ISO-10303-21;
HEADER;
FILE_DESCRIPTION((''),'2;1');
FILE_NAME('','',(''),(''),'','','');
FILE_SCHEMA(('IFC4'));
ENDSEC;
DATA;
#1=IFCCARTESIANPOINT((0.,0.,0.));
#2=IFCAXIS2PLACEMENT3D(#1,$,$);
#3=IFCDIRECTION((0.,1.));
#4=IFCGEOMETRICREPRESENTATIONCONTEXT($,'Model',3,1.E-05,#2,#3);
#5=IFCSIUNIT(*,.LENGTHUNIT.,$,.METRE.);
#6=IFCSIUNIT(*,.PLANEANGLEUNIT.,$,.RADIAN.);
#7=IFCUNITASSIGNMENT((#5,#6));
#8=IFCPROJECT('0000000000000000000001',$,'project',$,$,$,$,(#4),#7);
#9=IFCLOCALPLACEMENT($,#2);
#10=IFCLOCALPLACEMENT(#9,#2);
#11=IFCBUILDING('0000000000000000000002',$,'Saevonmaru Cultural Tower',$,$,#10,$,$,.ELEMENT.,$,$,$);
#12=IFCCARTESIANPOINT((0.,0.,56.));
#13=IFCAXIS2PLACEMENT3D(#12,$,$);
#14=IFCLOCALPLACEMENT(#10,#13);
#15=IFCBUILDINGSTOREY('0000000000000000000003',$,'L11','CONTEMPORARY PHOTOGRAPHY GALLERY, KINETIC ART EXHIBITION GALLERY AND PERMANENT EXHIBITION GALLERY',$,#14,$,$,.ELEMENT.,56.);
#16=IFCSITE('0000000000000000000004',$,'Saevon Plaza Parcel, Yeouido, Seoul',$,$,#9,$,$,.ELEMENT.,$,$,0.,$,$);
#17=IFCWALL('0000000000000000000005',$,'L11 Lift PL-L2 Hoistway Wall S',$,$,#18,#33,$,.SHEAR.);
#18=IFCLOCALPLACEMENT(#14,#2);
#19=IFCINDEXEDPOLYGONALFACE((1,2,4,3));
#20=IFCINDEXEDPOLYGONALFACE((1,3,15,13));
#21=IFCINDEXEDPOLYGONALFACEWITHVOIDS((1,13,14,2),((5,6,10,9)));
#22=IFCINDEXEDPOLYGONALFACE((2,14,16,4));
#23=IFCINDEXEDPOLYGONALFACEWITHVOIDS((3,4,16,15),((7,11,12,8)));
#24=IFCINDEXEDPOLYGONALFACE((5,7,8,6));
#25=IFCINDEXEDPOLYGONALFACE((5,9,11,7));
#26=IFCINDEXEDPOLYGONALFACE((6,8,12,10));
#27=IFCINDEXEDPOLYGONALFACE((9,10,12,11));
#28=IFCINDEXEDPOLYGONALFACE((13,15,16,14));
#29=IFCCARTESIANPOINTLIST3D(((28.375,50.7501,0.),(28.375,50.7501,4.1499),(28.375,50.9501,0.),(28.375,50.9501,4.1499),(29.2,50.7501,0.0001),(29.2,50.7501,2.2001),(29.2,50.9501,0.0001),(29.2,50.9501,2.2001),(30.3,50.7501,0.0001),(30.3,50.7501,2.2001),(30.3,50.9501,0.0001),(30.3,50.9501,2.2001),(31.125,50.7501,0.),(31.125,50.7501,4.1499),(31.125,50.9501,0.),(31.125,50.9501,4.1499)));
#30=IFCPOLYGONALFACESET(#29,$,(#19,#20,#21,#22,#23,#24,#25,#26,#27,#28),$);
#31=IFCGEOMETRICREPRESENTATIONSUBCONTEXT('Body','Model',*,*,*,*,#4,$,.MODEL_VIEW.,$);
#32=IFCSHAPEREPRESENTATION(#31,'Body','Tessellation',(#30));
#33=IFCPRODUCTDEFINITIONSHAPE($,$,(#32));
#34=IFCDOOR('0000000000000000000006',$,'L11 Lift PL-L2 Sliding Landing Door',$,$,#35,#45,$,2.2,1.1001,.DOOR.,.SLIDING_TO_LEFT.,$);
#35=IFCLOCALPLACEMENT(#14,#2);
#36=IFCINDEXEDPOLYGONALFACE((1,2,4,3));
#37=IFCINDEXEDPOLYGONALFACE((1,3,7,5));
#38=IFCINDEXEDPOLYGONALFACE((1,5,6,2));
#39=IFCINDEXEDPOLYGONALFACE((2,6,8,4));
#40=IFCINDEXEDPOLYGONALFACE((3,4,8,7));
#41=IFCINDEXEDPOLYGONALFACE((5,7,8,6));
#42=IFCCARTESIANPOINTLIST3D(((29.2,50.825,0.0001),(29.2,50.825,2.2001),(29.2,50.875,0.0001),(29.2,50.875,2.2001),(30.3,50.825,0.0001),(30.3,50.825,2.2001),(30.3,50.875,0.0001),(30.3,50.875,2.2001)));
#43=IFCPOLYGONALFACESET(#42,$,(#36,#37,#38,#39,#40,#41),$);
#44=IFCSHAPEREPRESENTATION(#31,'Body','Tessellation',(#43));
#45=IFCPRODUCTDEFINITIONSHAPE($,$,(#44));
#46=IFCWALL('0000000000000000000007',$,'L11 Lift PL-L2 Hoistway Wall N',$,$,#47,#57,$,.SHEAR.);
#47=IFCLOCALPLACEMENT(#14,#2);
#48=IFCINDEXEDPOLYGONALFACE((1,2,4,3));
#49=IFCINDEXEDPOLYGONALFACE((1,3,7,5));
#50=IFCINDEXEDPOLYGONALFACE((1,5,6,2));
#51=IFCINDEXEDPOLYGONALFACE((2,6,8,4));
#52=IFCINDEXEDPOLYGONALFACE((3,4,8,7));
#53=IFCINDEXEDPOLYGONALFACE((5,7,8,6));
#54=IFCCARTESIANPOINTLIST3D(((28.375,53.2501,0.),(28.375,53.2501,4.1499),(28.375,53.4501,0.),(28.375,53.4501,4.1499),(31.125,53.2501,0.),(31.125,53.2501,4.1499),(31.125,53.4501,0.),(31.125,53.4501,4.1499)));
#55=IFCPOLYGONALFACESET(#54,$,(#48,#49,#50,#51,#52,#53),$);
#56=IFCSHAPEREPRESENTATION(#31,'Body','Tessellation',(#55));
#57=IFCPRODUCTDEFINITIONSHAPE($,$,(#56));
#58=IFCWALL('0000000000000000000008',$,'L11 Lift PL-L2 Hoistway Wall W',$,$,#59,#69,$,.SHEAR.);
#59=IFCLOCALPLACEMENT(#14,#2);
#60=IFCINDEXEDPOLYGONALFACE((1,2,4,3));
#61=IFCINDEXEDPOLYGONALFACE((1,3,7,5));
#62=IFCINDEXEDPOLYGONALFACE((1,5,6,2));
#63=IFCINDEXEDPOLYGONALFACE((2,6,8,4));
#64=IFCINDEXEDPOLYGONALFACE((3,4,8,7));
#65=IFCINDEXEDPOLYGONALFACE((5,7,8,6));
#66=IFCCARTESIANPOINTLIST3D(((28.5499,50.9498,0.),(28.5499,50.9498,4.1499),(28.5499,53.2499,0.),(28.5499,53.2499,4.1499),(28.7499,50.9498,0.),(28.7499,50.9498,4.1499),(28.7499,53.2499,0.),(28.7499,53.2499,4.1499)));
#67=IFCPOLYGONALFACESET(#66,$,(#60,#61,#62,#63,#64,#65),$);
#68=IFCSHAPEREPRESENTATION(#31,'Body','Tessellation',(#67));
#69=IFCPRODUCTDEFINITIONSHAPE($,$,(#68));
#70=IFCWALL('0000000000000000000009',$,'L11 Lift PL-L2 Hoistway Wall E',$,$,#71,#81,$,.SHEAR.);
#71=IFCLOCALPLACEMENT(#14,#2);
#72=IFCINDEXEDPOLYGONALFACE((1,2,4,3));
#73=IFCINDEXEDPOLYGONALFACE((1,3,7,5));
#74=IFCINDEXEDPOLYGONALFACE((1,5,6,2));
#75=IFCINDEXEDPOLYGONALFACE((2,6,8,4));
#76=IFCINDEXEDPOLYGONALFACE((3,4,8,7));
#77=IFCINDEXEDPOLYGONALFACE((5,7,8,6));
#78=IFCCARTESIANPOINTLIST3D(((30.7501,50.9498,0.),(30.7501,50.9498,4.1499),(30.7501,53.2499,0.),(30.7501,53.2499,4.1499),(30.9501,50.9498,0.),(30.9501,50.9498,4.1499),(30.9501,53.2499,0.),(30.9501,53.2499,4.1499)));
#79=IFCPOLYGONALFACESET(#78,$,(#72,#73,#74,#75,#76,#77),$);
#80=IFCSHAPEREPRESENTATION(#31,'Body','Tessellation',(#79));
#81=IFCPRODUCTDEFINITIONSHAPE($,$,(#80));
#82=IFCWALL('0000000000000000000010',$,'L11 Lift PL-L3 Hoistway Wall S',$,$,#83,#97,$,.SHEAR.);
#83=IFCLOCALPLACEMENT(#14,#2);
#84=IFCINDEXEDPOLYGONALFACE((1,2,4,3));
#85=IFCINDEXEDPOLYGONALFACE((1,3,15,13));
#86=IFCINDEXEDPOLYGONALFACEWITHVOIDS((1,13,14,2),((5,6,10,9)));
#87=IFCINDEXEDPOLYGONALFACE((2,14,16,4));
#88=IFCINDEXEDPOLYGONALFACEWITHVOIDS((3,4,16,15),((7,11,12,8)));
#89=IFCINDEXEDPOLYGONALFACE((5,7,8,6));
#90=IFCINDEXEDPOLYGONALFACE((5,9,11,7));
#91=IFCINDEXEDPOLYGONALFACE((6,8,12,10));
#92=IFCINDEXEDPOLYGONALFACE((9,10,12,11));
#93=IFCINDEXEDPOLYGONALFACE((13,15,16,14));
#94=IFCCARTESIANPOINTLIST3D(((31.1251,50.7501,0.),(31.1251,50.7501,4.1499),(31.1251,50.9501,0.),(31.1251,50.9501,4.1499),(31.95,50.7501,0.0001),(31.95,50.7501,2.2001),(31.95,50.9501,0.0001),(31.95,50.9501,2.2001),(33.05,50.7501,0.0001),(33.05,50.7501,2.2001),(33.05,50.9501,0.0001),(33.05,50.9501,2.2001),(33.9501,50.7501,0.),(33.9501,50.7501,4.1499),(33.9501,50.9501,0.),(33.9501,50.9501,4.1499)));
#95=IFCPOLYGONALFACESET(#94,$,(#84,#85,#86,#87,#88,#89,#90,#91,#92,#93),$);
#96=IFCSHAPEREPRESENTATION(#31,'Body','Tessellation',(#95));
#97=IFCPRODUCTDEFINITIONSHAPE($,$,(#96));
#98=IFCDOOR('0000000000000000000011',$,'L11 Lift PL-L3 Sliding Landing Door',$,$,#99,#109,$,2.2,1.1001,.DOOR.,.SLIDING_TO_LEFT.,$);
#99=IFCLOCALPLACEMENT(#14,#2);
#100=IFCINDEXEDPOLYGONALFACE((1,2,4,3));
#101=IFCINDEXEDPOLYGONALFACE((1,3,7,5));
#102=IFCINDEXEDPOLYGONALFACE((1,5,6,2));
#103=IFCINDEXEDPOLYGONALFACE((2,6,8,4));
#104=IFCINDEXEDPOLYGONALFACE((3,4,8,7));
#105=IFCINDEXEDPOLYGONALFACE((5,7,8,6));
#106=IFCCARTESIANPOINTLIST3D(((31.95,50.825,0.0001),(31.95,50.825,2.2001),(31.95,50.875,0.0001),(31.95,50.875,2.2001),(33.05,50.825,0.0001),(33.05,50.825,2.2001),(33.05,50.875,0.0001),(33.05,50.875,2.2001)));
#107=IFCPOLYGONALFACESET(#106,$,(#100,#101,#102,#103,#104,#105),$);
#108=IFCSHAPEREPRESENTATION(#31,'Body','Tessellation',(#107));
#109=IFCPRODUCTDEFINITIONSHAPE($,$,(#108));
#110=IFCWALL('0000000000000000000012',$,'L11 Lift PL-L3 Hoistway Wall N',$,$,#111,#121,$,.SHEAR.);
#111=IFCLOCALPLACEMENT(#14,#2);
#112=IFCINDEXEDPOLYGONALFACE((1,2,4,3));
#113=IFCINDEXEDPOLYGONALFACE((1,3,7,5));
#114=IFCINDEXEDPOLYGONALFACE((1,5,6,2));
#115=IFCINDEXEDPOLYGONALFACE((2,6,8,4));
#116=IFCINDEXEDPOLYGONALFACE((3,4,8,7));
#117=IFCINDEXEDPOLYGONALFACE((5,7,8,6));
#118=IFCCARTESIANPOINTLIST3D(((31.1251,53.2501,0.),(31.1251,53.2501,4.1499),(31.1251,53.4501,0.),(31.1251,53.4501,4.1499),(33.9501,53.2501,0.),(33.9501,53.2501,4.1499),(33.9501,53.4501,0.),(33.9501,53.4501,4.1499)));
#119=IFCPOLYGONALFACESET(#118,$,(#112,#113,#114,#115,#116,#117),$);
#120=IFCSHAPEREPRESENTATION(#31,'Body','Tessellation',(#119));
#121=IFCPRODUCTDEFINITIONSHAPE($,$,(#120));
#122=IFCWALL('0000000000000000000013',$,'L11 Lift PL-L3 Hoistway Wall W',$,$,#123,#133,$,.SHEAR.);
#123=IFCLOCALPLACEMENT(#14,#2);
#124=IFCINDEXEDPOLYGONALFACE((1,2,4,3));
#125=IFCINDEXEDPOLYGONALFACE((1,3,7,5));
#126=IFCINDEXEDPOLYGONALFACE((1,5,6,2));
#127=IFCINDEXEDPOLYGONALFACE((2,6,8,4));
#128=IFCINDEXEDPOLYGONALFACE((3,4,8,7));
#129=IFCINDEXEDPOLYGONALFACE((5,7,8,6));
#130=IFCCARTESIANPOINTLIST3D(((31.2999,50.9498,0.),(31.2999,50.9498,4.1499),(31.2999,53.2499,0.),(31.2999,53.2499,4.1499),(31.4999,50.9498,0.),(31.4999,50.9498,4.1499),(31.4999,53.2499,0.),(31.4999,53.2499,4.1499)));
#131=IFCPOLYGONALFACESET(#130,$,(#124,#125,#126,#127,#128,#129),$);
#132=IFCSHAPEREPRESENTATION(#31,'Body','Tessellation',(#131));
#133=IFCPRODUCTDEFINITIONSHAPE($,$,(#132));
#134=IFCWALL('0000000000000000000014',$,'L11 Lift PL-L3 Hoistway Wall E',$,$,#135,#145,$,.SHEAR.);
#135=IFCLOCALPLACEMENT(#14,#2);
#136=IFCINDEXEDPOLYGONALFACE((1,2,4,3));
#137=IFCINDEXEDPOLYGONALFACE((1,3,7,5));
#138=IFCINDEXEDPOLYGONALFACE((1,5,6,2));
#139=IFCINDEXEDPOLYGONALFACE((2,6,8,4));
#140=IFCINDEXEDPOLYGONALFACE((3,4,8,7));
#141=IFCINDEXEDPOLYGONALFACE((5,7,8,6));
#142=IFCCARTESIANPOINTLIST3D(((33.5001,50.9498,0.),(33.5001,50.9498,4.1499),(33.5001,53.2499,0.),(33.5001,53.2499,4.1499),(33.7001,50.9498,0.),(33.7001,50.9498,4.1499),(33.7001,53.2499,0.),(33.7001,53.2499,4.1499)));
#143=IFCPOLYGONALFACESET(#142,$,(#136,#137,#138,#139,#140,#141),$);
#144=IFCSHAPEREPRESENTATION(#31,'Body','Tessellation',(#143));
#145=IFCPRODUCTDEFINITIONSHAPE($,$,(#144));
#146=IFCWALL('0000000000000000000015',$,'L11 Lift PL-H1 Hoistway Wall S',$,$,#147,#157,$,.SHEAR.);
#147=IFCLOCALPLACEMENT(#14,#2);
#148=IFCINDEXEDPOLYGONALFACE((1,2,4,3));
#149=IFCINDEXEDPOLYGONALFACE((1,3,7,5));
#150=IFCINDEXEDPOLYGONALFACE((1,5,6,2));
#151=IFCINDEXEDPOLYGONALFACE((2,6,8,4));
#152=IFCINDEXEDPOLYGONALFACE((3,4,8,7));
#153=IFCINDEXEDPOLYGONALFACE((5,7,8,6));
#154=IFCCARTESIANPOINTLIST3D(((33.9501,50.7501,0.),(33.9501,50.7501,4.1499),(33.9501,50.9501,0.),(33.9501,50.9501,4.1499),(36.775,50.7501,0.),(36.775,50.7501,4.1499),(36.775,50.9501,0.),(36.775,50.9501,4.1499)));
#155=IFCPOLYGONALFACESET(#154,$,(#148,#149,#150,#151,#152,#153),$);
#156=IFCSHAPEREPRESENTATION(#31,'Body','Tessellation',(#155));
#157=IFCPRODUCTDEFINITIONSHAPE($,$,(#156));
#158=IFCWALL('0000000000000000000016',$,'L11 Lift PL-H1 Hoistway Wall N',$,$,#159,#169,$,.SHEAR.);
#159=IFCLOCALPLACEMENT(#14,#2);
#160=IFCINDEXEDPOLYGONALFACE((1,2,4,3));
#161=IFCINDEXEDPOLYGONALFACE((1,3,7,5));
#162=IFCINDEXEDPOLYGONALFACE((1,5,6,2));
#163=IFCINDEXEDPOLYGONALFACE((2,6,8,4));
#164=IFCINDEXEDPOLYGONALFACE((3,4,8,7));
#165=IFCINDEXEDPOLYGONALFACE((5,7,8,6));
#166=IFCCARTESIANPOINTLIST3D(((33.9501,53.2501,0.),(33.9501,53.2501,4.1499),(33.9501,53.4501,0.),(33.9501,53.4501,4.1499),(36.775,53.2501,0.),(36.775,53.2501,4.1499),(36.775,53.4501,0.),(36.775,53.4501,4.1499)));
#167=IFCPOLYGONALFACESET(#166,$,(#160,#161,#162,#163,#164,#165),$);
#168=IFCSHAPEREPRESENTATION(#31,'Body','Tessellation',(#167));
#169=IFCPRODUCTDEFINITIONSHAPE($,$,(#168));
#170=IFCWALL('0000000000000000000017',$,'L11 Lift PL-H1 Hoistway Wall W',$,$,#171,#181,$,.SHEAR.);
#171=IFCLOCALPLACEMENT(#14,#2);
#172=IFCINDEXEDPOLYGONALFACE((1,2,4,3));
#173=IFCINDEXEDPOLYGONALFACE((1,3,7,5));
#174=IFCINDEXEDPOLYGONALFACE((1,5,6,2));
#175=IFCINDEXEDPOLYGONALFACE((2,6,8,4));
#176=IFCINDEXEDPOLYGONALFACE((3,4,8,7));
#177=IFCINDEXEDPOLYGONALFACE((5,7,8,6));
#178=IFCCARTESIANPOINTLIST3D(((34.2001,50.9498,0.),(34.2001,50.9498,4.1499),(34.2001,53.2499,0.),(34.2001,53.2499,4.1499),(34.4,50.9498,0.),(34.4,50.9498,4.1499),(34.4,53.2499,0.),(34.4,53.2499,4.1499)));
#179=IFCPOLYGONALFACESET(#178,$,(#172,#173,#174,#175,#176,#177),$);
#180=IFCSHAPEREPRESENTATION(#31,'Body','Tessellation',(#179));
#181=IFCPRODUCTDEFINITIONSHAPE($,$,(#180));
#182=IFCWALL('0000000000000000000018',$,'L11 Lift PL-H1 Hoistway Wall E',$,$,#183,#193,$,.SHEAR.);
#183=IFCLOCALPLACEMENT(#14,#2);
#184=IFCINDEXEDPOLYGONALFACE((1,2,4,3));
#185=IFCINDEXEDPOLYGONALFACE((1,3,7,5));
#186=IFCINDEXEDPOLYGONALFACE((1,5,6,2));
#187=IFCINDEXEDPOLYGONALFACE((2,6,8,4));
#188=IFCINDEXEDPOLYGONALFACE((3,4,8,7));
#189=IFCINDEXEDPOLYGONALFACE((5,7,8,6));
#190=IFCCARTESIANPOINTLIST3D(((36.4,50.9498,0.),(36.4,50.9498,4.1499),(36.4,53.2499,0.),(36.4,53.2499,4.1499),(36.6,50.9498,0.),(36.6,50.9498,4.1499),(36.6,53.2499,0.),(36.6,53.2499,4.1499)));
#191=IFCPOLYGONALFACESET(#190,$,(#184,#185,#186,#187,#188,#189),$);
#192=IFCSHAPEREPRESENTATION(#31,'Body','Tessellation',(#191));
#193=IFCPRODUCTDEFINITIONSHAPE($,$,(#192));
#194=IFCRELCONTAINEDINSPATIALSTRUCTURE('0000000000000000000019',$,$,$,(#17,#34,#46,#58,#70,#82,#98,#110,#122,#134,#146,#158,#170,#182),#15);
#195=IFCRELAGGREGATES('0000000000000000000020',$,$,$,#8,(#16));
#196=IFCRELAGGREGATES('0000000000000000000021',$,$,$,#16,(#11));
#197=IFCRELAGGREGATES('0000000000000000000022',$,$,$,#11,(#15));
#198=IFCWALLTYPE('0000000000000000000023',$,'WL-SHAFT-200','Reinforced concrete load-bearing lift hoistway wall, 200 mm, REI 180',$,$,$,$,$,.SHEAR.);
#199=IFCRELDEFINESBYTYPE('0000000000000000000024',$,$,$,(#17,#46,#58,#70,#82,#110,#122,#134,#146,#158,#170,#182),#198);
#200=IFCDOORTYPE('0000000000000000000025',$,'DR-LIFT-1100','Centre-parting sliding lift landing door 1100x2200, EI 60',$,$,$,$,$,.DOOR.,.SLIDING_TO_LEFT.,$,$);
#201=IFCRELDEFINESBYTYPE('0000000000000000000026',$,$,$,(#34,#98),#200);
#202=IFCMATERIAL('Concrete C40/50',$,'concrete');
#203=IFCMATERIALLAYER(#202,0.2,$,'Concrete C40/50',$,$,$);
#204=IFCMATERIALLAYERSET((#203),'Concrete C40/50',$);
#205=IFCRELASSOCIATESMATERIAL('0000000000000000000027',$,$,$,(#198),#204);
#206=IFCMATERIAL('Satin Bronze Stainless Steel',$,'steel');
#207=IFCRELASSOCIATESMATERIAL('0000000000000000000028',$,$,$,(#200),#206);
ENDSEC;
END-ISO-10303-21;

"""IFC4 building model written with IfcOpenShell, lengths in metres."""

from ifc_helpers import new_model, si_unit, direction, frame, frame_2d, origin, place, context, subcontext, project, spatial, rectangle, extrude, material, layer, layer_set, type_object, element, fill, save


model = new_model("IFC4")

# Units and contexts
model_context = context("Model", 3, precision=1e-05, world=origin(), true_north=direction((0.0, 1.0)))
body_context = subcontext(model_context, "Body", "Model", "MODEL_VIEW")
ifc_project = project(units=[si_unit("LENGTHUNIT", "METRE"), si_unit("PLANEANGLEUNIT", "RADIAN")], contexts=[model_context])

# Site, building, storey
site_placement = place(None, origin())
site = spatial("IfcSite", under=ifc_project, at=site_placement, Name="Saevon Plaza Parcel, Yeouido, Seoul", CompositionType="ELEMENT", RefElevation=0.0)
building_placement = place(site_placement, origin())
building = spatial("IfcBuilding", under=site, at=building_placement, Name="Saevonmaru Cultural Tower", CompositionType="ELEMENT")
storey_placement = place(building_placement, frame((0.0, 0.0, 56.0)))
storey = spatial("IfcBuildingStorey", under=building, at=storey_placement, Name="L11", Description="CONTEMPORARY PHOTOGRAPHY GALLERY, KINETIC ART EXHIBITION GALLERY AND PERMANENT EXHIBITION GALLERY", CompositionType="ELEMENT", Elevation=56.0)

# Shared definitions
ifc_material_1 = material(Name="Concrete C40/50", Category="concrete")
ifc_layer_1 = layer(ifc_material_1, 0.2, Name="Concrete C40/50")
ifc_layer_set_1 = layer_set([ifc_layer_1], Name="Concrete C40/50")
wall_type_1 = type_object("IfcWallType", Name="WL-SHAFT-200", Description="Reinforced concrete load-bearing lift hoistway wall, 200 mm, REI 180", PredefinedType="SHEAR", material=ifc_layer_set_1)

# Wall, opening, door
wall_1_placement = place(storey_placement, frame((28.375, 50.8501, 0.0), z_axis=(0.0, 0.0, 1.0), x_axis=(1.0, 0.0, 0.0)))
wall_1 = element("IfcWall", 1, at=wall_1_placement, inside=storey, type_object=wall_type_1, Name="L11 Lift PL-L2 Hoistway Wall S", PredefinedType="SHEAR", context=body_context, shape_type="SweptSolid", body=[
    extrude(rectangle(XDim=2.75, YDim=0.2, at=frame_2d((1.375, 0.0))), origin(), (0.0, 0.0, 1.0), 4.1499),
])
opening_1_placement = place(wall_1_placement, frame((0.825, 0.0, 0.0)))
opening_1 = element("IfcOpeningElement", 2, at=opening_1_placement, cuts=wall_1, PredefinedType="OPENING", context=body_context, shape_type="SweptSolid", body=[
    extrude(rectangle(XDim=1.1001, YDim=2.2, at=frame_2d((0.55, 1.1001))), frame((0.0, 0.1099, 0.0), z_axis=(0.0, -1.0, 0.0), x_axis=(1.0, 0.0, 0.0)), (0.0, 0.0, 1.0), 0.22),
])
ifc_material_2 = material(Name="Satin Bronze Stainless Steel", Category="steel")
door_type_1 = type_object("IfcDoorType", Name="DR-LIFT-1100", Description="Centre-parting sliding lift landing door 1100x2200, EI 60", OperationType="SLIDING_TO_LEFT", PredefinedType="DOOR", material=ifc_material_2)
door_1_placement = place(opening_1_placement, origin())
door_1 = element("IfcDoor", 3, at=door_1_placement, inside=storey, type_object=door_type_1, Name="L11 Lift PL-L2 Sliding Landing Door", OperationType="SLIDING_TO_LEFT", OverallHeight=2.2, OverallWidth=1.1001, PredefinedType="DOOR", context=body_context, shape_type="SweptSolid", body=[
    extrude(rectangle(XDim=1.1001, YDim=2.2, at=frame_2d((0.55, 1.1001))), frame((0.0, 0.0249, 0.0), z_axis=(0.0, -1.0, 0.0), x_axis=(1.0, 0.0, 0.0)), (0.0, 0.0, 1.0), 0.05),
])
fill(opening_1, door_1)

# Walls
wall_2_placement = place(storey_placement, frame((28.375, 53.3501, 0.0), z_axis=(0.0, 0.0, 1.0), x_axis=(1.0, 0.0, 0.0)))
element("IfcWall", 4, at=wall_2_placement, inside=storey, type_object=wall_type_1, Name="L11 Lift PL-L2 Hoistway Wall N", PredefinedType="SHEAR", context=body_context, shape_type="SweptSolid", body=[
    extrude(rectangle(XDim=2.75, YDim=0.2, at=frame_2d((1.375, 0.0))), origin(), (0.0, 0.0, 1.0), 4.1499),
])
for number, where, z_axis, x_axis, name in (
    (5, (28.6499, 50.95, 0.0), (0.0, 0.0, 1.0), (0.0, 1.0, 0.0), "L11 Lift PL-L2 Hoistway Wall W"),
    (6, (30.8501, 50.95, 0.0), (0.0, 0.0, 1.0), (0.0, 1.0, 0.0), "L11 Lift PL-L2 Hoistway Wall E"),
):
    element("IfcWall", number, at=place(storey_placement, frame(where, z_axis=z_axis, x_axis=x_axis)), inside=storey, type_object=wall_type_1, Name=name, PredefinedType="SHEAR", context=body_context, shape_type="SweptSolid", body=[
        extrude(rectangle(XDim=2.3, YDim=0.2, at=frame_2d((1.1499, 0.0))), origin(), (0.0, 0.0, 1.0), 4.1499),
    ])

# Wall, opening, door
wall_3_placement = place(storey_placement, frame((31.125, 50.8501, 0.0), z_axis=(0.0, 0.0, 1.0), x_axis=(1.0, 0.0, 0.0)))
wall_3 = element("IfcWall", 7, at=wall_3_placement, inside=storey, type_object=wall_type_1, Name="L11 Lift PL-L3 Hoistway Wall S", PredefinedType="SHEAR", context=body_context, shape_type="SweptSolid", body=[
    extrude(rectangle(XDim=2.825, YDim=0.2, at=frame_2d((1.4126, 0.0))), origin(), (0.0, 0.0, 1.0), 4.1499),
])
opening_2_placement = place(wall_3_placement, frame((0.825, 0.0, 0.0)))
opening_2 = element("IfcOpeningElement", 8, at=opening_2_placement, cuts=wall_3, PredefinedType="OPENING", context=body_context, shape_type="SweptSolid", body=[
    extrude(rectangle(XDim=1.1001, YDim=2.2, at=frame_2d((0.55, 1.1001))), frame((0.0, 0.1099, 0.0), z_axis=(0.0, -1.0, 0.0), x_axis=(1.0, 0.0, 0.0)), (0.0, 0.0, 1.0), 0.22),
])
door_2_placement = place(opening_2_placement, origin())
door_2 = element("IfcDoor", 9, at=door_2_placement, inside=storey, type_object=door_type_1, Name="L11 Lift PL-L3 Sliding Landing Door", OperationType="SLIDING_TO_LEFT", OverallHeight=2.2, OverallWidth=1.1001, PredefinedType="DOOR", context=body_context, shape_type="SweptSolid", body=[
    extrude(rectangle(XDim=1.1001, YDim=2.2, at=frame_2d((0.55, 1.1001))), frame((0.0, 0.0249, 0.0), z_axis=(0.0, -1.0, 0.0), x_axis=(1.0, 0.0, 0.0)), (0.0, 0.0, 1.0), 0.05),
])
fill(opening_2, door_2)

# Walls
wall_4_placement = place(storey_placement, frame((31.125, 53.3501, 0.0), z_axis=(0.0, 0.0, 1.0), x_axis=(1.0, 0.0, 0.0)))
element("IfcWall", 10, at=wall_4_placement, inside=storey, type_object=wall_type_1, Name="L11 Lift PL-L3 Hoistway Wall N", PredefinedType="SHEAR", context=body_context, shape_type="SweptSolid", body=[
    extrude(rectangle(XDim=2.825, YDim=0.2, at=frame_2d((1.4126, 0.0))), origin(), (0.0, 0.0, 1.0), 4.1499),
])
for number, where, z_axis, x_axis, name in (
    (11, (31.3999, 50.95, 0.0), (0.0, 0.0, 1.0), (0.0, 1.0, 0.0), "L11 Lift PL-L3 Hoistway Wall W"),
    (12, (33.6001, 50.95, 0.0), (0.0, 0.0, 1.0), (0.0, 1.0, 0.0), "L11 Lift PL-L3 Hoistway Wall E"),
):
    element("IfcWall", number, at=place(storey_placement, frame(where, z_axis=z_axis, x_axis=x_axis)), inside=storey, type_object=wall_type_1, Name=name, PredefinedType="SHEAR", context=body_context, shape_type="SweptSolid", body=[
        extrude(rectangle(XDim=2.3, YDim=0.2, at=frame_2d((1.1499, 0.0))), origin(), (0.0, 0.0, 1.0), 4.1499),
    ])
for number, where, z_axis, x_axis, name in (
    (13, (33.95, 50.8501, 0.0), (0.0, 0.0, 1.0), (1.0, 0.0, 0.0), "L11 Lift PL-H1 Hoistway Wall S"),
    (14, (33.95, 53.3501, 0.0), (0.0, 0.0, 1.0), (1.0, 0.0, 0.0), "L11 Lift PL-H1 Hoistway Wall N"),
):
    element("IfcWall", number, at=place(storey_placement, frame(where, z_axis=z_axis, x_axis=x_axis)), inside=storey, type_object=wall_type_1, Name=name, PredefinedType="SHEAR", context=body_context, shape_type="SweptSolid", body=[
        extrude(rectangle(XDim=2.825, YDim=0.2, at=frame_2d((1.4126, 0.0))), origin(), (0.0, 0.0, 1.0), 4.1499),
    ])
for number, where, z_axis, x_axis, name in (
    (15, (34.3, 50.95, 0.0), (0.0, 0.0, 1.0), (0.0, 1.0, 0.0), "L11 Lift PL-H1 Hoistway Wall W"),
    (16, (36.5, 50.95, 0.0), (0.0, 0.0, 1.0), (0.0, 1.0, 0.0), "L11 Lift PL-H1 Hoistway Wall E"),
):
    element("IfcWall", number, at=place(storey_placement, frame(where, z_axis=z_axis, x_axis=x_axis)), inside=storey, type_object=wall_type_1, Name=name, PredefinedType="SHEAR", context=body_context, shape_type="SweptSolid", body=[
        extrude(rectangle(XDim=2.3, YDim=0.2, at=frame_2d((1.1499, 0.0))), origin(), (0.0, 0.0, 1.0), 4.1499),
    ])

save(model, "model.ifc")
